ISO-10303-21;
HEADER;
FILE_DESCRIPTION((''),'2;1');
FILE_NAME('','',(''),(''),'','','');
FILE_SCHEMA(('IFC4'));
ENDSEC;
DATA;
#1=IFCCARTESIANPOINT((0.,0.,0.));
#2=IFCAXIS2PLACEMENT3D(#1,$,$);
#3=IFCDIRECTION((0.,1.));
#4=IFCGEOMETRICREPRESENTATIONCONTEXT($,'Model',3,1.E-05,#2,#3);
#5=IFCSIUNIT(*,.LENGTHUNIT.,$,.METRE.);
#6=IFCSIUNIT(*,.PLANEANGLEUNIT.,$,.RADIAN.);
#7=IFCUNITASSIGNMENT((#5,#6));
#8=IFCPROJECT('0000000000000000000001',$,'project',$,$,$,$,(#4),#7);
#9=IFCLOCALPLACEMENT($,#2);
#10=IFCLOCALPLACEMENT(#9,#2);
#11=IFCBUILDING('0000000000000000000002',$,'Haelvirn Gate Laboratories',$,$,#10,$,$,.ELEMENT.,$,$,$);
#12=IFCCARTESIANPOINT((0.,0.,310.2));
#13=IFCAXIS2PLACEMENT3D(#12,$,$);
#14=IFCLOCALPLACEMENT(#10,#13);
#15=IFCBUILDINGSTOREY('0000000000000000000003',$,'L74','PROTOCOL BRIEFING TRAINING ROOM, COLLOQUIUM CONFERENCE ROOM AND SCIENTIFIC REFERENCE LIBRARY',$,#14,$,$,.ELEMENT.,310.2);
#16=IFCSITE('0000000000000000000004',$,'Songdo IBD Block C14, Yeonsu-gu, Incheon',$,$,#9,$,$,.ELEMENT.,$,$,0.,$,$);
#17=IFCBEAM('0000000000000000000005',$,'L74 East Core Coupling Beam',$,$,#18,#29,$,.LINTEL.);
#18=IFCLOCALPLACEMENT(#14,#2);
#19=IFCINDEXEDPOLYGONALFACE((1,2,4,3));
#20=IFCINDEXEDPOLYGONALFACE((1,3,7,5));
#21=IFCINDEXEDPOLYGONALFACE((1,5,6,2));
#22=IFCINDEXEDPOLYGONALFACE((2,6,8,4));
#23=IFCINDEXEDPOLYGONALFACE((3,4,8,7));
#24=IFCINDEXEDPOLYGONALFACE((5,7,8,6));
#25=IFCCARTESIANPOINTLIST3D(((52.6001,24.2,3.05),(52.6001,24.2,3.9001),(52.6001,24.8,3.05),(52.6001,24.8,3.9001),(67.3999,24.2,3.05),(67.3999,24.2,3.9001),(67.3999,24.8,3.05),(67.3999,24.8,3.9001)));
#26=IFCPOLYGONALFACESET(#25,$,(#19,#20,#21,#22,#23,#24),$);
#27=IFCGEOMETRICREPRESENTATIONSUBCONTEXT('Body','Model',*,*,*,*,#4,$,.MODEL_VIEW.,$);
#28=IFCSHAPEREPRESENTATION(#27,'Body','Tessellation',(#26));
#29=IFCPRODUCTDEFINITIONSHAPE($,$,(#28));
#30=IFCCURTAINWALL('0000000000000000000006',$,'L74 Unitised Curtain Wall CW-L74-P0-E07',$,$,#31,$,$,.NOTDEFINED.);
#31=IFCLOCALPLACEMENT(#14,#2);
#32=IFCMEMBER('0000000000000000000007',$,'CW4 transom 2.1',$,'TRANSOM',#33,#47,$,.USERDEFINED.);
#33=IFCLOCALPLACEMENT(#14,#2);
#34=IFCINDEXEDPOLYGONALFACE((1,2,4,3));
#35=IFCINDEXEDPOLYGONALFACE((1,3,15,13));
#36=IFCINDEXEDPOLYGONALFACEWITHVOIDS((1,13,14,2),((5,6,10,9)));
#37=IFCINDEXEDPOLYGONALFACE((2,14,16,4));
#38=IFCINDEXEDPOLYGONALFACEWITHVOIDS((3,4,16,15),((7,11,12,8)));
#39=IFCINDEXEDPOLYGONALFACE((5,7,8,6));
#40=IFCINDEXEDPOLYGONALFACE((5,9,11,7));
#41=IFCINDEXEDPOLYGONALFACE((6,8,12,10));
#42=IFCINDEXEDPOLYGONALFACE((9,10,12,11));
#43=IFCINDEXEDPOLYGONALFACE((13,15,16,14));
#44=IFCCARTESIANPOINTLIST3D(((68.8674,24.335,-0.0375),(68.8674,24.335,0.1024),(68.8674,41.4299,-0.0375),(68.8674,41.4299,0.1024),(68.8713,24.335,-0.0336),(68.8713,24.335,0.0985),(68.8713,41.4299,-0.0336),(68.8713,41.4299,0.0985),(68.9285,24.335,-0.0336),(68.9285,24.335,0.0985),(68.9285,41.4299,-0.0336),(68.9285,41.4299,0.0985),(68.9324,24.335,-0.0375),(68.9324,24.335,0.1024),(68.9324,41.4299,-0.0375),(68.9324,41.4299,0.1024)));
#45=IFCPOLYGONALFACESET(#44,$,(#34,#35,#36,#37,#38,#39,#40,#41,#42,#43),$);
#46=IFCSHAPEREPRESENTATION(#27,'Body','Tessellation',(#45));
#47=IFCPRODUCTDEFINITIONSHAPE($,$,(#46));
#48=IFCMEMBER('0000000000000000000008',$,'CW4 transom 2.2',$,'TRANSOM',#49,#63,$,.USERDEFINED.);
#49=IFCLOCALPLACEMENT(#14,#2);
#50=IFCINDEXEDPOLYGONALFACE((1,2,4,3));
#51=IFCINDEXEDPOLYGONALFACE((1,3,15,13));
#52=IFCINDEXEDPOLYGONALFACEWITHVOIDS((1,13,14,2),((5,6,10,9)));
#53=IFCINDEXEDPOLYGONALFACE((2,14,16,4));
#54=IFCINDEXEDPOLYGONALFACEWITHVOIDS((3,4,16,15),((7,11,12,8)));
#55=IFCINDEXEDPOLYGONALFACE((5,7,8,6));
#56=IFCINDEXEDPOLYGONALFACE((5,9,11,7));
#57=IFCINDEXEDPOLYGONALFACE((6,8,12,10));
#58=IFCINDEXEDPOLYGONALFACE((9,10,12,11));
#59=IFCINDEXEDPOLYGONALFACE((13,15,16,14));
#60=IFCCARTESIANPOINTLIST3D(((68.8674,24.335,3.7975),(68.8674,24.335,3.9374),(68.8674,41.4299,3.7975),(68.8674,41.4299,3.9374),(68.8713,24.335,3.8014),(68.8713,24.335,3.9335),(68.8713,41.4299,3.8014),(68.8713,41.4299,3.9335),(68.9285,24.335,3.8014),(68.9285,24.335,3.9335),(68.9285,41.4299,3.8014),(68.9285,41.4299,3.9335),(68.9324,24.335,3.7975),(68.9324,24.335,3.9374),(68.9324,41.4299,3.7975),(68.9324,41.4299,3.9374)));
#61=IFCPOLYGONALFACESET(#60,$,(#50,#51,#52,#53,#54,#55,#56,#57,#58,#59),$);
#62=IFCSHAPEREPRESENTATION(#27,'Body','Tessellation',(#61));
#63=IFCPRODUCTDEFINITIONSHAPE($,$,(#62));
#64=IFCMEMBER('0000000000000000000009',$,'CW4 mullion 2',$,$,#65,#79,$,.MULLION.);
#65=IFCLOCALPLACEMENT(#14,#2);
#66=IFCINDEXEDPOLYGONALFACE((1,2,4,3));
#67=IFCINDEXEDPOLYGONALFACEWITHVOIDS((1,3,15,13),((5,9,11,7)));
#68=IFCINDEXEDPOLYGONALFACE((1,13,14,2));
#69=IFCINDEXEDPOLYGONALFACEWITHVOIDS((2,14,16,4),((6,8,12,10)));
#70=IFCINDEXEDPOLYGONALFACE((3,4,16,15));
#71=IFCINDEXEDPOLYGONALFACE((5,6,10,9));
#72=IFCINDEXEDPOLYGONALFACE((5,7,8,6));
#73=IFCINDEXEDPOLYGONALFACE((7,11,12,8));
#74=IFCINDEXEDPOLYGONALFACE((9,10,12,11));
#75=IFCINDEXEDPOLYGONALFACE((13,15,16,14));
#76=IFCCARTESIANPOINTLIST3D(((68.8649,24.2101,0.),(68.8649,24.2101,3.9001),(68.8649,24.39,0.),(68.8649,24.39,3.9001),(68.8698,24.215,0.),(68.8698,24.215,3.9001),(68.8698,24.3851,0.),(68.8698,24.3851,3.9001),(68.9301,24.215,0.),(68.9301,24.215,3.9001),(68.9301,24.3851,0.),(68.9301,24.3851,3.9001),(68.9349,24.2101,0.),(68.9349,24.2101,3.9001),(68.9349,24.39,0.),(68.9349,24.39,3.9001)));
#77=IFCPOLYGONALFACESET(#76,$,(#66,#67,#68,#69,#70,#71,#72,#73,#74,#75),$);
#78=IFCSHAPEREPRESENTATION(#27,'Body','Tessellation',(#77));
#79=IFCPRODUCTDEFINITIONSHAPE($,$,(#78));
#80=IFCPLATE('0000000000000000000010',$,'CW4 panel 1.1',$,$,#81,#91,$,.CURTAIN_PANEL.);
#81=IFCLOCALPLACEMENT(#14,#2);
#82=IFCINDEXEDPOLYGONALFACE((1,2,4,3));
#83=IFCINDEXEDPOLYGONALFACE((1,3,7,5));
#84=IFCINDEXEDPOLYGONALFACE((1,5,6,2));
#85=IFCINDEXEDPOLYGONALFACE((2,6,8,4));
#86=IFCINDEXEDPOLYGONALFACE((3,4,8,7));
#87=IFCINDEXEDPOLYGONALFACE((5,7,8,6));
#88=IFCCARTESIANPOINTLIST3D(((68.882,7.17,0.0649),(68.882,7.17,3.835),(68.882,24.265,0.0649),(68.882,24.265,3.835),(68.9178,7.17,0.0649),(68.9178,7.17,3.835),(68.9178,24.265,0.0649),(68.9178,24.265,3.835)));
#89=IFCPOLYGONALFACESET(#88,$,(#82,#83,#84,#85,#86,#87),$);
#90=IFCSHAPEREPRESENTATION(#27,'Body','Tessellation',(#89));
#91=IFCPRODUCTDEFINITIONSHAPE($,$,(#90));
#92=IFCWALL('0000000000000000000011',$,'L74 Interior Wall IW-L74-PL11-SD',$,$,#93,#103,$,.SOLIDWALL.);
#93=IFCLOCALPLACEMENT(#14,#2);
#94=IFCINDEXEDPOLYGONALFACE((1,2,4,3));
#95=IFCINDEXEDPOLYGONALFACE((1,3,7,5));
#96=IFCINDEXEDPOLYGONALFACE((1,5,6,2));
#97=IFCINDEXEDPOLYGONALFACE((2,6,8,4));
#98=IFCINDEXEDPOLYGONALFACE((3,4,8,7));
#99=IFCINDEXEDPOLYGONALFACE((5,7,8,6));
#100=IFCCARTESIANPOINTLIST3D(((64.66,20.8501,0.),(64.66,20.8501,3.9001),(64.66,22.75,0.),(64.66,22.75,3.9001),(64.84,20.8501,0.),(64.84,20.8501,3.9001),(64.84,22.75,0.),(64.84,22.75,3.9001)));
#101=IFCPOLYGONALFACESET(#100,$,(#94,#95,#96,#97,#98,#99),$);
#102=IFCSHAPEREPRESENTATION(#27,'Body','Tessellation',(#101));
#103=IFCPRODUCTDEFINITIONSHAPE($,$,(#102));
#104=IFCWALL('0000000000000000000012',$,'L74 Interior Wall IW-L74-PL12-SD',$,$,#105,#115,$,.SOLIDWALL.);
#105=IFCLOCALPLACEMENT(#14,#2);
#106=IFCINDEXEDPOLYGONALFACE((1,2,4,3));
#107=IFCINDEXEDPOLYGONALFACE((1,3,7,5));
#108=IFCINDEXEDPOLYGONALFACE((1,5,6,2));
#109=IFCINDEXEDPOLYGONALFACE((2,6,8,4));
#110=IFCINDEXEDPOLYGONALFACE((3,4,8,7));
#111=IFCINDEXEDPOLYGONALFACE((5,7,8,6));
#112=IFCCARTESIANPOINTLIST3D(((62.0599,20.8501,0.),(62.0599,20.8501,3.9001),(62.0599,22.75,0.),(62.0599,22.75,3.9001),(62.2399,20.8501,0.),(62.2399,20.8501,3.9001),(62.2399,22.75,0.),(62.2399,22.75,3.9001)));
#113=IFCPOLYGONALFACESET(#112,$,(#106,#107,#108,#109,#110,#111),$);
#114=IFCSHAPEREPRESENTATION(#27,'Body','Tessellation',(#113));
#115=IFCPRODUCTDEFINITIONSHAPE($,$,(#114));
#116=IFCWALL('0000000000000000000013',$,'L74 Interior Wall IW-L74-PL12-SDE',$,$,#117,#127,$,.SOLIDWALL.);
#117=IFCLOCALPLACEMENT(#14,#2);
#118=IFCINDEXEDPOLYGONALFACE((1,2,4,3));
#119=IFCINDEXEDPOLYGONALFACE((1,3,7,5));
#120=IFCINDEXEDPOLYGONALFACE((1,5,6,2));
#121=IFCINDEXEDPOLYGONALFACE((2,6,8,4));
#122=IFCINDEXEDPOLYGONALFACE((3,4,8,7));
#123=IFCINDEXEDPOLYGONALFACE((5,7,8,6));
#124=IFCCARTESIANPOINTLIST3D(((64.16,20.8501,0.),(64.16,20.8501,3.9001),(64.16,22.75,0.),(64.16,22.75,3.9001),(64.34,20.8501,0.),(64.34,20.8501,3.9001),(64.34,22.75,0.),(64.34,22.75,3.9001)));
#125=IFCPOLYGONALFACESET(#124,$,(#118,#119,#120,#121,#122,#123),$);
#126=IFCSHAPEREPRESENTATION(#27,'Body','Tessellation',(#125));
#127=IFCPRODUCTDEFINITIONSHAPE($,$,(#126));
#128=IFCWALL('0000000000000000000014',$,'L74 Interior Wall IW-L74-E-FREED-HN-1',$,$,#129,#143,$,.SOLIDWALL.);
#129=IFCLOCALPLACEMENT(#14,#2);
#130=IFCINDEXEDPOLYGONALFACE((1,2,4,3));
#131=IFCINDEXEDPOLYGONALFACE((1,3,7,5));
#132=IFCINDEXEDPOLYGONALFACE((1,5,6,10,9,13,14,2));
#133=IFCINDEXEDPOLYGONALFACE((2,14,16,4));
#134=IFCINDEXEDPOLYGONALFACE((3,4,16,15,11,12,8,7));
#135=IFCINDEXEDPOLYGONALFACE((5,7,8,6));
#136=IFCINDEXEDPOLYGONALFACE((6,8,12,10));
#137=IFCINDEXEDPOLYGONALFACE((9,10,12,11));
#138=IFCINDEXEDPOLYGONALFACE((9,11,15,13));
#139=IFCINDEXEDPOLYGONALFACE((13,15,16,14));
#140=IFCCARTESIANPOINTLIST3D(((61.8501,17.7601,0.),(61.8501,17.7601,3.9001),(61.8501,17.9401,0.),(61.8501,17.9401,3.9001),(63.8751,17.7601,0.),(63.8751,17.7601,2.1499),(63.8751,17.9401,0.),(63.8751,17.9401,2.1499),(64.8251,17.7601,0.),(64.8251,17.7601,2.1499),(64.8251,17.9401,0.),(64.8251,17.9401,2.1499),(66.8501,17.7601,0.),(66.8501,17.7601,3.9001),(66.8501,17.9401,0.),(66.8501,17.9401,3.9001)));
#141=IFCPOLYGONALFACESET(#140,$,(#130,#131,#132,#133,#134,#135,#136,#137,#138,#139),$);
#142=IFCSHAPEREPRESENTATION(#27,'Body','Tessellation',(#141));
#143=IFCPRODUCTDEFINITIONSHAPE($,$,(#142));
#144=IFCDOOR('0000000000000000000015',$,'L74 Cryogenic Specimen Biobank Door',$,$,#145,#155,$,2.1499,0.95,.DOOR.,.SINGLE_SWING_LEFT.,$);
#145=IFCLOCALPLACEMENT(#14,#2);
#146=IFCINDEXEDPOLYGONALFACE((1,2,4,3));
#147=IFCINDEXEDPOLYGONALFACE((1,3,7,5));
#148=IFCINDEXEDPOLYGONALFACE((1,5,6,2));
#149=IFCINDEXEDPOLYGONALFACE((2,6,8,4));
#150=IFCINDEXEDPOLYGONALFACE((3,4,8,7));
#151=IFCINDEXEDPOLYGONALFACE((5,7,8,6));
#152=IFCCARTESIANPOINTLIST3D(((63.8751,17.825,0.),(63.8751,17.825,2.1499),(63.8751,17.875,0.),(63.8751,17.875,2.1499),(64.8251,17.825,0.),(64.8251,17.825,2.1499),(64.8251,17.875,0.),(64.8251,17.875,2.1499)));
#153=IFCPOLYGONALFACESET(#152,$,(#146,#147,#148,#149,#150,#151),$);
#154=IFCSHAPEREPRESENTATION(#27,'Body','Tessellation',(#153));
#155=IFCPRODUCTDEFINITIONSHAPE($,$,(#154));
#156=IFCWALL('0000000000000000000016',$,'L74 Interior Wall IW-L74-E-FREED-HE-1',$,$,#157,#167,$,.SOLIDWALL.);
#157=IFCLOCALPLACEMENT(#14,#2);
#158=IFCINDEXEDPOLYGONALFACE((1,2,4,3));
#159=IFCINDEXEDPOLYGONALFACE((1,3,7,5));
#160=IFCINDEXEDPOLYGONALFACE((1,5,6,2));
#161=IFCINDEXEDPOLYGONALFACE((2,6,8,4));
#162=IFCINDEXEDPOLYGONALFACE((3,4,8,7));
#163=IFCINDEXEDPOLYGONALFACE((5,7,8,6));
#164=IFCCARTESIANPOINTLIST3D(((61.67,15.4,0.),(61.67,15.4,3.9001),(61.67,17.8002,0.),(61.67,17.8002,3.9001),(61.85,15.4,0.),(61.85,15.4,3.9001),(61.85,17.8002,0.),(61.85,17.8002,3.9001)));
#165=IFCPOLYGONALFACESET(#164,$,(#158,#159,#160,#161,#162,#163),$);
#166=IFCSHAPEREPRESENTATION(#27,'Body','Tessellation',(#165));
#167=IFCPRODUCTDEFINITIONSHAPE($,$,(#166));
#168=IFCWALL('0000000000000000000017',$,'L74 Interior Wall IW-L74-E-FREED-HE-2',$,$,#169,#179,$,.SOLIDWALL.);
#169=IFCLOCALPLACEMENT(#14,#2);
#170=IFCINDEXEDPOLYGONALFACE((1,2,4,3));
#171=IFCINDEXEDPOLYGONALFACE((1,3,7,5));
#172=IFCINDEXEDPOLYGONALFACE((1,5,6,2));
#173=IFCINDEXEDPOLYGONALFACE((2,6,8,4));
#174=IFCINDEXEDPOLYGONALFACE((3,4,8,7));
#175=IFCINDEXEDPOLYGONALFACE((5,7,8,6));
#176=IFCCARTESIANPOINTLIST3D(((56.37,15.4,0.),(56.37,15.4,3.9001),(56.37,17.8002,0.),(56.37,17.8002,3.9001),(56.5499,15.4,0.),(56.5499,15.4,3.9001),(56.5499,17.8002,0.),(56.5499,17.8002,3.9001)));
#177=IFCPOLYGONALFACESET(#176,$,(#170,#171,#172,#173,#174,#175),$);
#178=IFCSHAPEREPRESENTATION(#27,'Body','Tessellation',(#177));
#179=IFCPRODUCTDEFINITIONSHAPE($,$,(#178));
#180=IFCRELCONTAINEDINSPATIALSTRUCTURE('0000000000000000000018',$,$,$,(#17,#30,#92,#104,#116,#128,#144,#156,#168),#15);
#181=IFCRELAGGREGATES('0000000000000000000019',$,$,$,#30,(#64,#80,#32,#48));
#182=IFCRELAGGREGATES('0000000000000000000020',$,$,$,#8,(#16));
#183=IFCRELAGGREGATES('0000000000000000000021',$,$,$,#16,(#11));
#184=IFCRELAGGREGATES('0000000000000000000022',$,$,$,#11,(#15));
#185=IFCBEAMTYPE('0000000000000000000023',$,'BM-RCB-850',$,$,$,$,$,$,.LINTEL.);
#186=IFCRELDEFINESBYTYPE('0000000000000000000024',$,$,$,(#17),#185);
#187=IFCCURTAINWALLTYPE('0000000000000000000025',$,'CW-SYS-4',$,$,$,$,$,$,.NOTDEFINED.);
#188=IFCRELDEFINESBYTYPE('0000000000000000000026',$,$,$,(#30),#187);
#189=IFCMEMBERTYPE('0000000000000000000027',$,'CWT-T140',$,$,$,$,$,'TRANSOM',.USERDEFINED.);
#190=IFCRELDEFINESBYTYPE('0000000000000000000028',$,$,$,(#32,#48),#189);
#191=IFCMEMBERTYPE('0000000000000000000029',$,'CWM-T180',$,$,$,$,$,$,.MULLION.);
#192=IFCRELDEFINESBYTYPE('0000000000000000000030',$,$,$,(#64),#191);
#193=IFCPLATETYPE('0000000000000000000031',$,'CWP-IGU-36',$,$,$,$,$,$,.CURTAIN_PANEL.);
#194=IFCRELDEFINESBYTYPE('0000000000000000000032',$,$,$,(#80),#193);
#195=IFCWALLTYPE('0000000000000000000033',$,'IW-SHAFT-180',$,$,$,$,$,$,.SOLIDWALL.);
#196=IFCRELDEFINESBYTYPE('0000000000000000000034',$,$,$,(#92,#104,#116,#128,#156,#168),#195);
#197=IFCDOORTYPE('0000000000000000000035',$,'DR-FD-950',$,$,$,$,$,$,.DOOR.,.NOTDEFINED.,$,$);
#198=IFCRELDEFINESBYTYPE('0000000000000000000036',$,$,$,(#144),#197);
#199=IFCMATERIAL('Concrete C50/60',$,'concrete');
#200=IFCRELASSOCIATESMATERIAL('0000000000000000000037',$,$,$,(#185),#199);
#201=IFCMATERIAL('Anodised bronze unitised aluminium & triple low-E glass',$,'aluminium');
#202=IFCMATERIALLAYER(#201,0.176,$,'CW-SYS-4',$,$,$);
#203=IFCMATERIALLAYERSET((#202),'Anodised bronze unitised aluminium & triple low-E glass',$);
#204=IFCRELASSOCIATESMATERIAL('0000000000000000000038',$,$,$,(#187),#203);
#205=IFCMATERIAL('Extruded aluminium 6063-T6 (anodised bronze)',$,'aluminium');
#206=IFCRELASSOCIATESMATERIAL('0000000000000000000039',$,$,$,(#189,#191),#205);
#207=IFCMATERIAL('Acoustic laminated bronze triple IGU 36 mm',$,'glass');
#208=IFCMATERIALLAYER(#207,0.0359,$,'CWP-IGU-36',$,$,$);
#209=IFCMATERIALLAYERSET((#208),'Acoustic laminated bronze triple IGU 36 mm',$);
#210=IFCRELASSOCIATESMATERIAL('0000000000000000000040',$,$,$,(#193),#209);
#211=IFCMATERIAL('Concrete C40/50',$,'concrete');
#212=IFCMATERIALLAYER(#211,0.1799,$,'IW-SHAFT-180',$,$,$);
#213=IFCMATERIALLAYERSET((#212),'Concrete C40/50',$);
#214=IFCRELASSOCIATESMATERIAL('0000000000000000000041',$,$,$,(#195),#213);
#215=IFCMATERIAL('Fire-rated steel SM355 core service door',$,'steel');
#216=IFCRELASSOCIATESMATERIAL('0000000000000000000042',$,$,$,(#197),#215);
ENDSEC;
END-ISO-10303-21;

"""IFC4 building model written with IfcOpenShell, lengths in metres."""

from ifc_helpers import new_model, si_unit, direction, frame, frame_2d, origin, origin_2d, place, context, subcontext, project, spatial, rectangle, hollow_rectangle, extrude, source, transform, mapped, material, layer, layer_set, material_profile, profile_set, type_object, type_shapes, element, fill, aggregate, save


model = new_model("IFC4")

# Units and contexts
model_context = context("Model", 3, precision=1e-05, world=origin(), true_north=direction((0.0, 1.0)))
body_context = subcontext(model_context, "Body", "Model", "MODEL_VIEW")
ifc_project = project(units=[si_unit("LENGTHUNIT", "METRE"), si_unit("PLANEANGLEUNIT", "RADIAN")], contexts=[model_context])

# Site, building, storey
site_placement = place(None, origin())
site = spatial("IfcSite", under=ifc_project, at=site_placement, Name="Songdo IBD Block C14, Yeonsu-gu, Incheon", CompositionType="ELEMENT", RefElevation=0.0)
building_placement = place(site_placement, origin())
building = spatial("IfcBuilding", under=site, at=building_placement, Name="Haelvirn Gate Laboratories", CompositionType="ELEMENT")
storey_placement = place(building_placement, frame((0.0, 0.0, 310.2)))
storey = spatial("IfcBuildingStorey", under=building, at=storey_placement, Name="L74", Description="PROTOCOL BRIEFING TRAINING ROOM, COLLOQUIUM CONFERENCE ROOM AND SCIENTIFIC REFERENCE LIBRARY", CompositionType="ELEMENT", Elevation=310.2)

# Beam
ifc_material_1 = material(Name="Concrete C50/60", Category="concrete")
ifc_material_profile_1 = material_profile(ifc_material_1, rectangle(XDim=0.6001, YDim=0.8501, at=origin_2d()), Name="RCB-600x850")
ifc_profile_set_1 = profile_set([ifc_material_profile_1], Name="Concrete C50/60")
beam_type = type_object("IfcBeamType", Name="BM-RCB-850", PredefinedType="LINTEL", material=ifc_profile_set_1)
shared_shape_1 = source(origin(), body_context, "Body", "SweptSolid", [
    extrude(rectangle(XDim=0.6001, YDim=0.8501, at=origin_2d()), origin(), (0.0, 0.0, 1.0), 14.7998),
])
type_shapes(beam_type, [shared_shape_1])
beam_placement = place(storey_placement, frame((52.6001, 24.5, 3.4751), z_axis=(1.0, 0.0, 0.0), x_axis=(0.0, 1.0, 0.0)))
element("IfcBeam", 1, at=beam_placement, inside=storey, type_object=beam_type, Name="L74 East Core Coupling Beam", PredefinedType="LINTEL", context=body_context, shape_type="MappedRepresentation", body=[
    mapped(shared_shape_1, transform((0.0, 0.0, 0.0), scale=1.0)),
])

# Curtain wall, members, plate
ifc_material_2 = material(Name="Anodised bronze unitised aluminium & triple low-E glass", Category="aluminium")
ifc_layer_1 = layer(ifc_material_2, 0.176, Name="CW-SYS-4")
ifc_layer_set_1 = layer_set([ifc_layer_1], Name="Anodised bronze unitised aluminium & triple low-E glass")
curtain_wall_type = type_object("IfcCurtainWallType", Name="CW-SYS-4", PredefinedType="NOTDEFINED", material=ifc_layer_set_1)
curtain_wall_placement = place(storey_placement, origin())
curtain_wall = element("IfcCurtainWall", 2, at=curtain_wall_placement, inside=storey, type_object=curtain_wall_type, Name="L74 Unitised Curtain Wall CW-L74-P0-E07", PredefinedType="NOTDEFINED")
ifc_material_3 = material(Name="Extruded aluminium 6063-T6 (anodised bronze)", Category="aluminium")
ifc_material_profile_2 = material_profile(ifc_material_3, hollow_rectangle(XDim=0.0649, YDim=0.1399, WallThickness=0.0039, at=origin_2d()), Name="CWT-140x65x4")
ifc_profile_set_2 = profile_set([ifc_material_profile_2], Name="Extruded aluminium 6063-T6 (anodised bronze)")
member_type_1 = type_object("IfcMemberType", Name="CWT-T140", ElementType="TRANSOM", PredefinedType="USERDEFINED", material=ifc_profile_set_2)
shared_shape_2 = source(origin(), body_context, "Body", "SweptSolid", [
    extrude(hollow_rectangle(XDim=0.0649, YDim=0.1399, WallThickness=0.0039, at=origin_2d()), origin(), (0.0, 0.0, 1.0), 17.095),
])
type_shapes(member_type_1, [shared_shape_2])
member_1_placement = place(storey_placement, frame((68.8999, 24.335, 0.0325), z_axis=(0.0, 1.0, 0.0), x_axis=(-1.0, 0.0, 0.0)))
member_1 = element("IfcMember", 3, at=member_1_placement, type_object=member_type_1, Name="CW4 transom 2.1", ObjectType="TRANSOM", PredefinedType="USERDEFINED", context=body_context, shape_type="MappedRepresentation", body=[
    mapped(shared_shape_2, transform((0.0, 0.0, 0.0), scale=1.0)),
])
member_2_placement = place(storey_placement, frame((68.8999, 24.335, 3.8674), z_axis=(0.0, 1.0, 0.0), x_axis=(-1.0, 0.0, 0.0)))
member_2 = element("IfcMember", 4, at=member_2_placement, type_object=member_type_1, Name="CW4 transom 2.2", ObjectType="TRANSOM", PredefinedType="USERDEFINED", context=body_context, shape_type="MappedRepresentation", body=[
    mapped(shared_shape_2, transform((0.0, 0.0, 0.0), scale=1.0)),
])
ifc_material_profile_3 = material_profile(ifc_material_3, hollow_rectangle(XDim=0.0701, YDim=0.1799, WallThickness=0.0049, at=origin_2d()), Name="CWM-180x70x5")
ifc_profile_set_3 = profile_set([ifc_material_profile_3], Name="Extruded aluminium 6063-T6 (anodised bronze)")
member_type_2 = type_object("IfcMemberType", Name="CWM-T180", PredefinedType="MULLION", material=ifc_profile_set_3)
shared_shape_3 = source(origin(), body_context, "Body", "SweptSolid", [
    extrude(hollow_rectangle(XDim=0.0701, YDim=0.1799, WallThickness=0.0049, at=origin_2d()), origin(), (0.0, 0.0, 1.0), 3.9001),
])
type_shapes(member_type_2, [shared_shape_3])
member_3_placement = place(storey_placement, frame((68.8999, 24.3, 0.0), z_axis=(0.0, 0.0, 1.0), x_axis=(-1.0, 0.0, 0.0)))
member_3 = element("IfcMember", 5, at=member_3_placement, type_object=member_type_2, Name="CW4 mullion 2", PredefinedType="MULLION", context=body_context, shape_type="MappedRepresentation", body=[
    mapped(shared_shape_3, transform((0.0, 0.0, 0.0), scale=1.0)),
])
ifc_material_4 = material(Name="Acoustic laminated bronze triple IGU 36 mm", Category="glass")
ifc_layer_2 = layer(ifc_material_4, 0.0359, Name="CWP-IGU-36")
ifc_layer_set_2 = layer_set([ifc_layer_2], Name="Acoustic laminated bronze triple IGU 36 mm")
plate_type = type_object("IfcPlateType", Name="CWP-IGU-36", PredefinedType="CURTAIN_PANEL", material=ifc_layer_set_2)
shared_shape_4 = source(origin(), body_context, "Body", "SweptSolid", [
    extrude(rectangle(XDim=17.095, YDim=0.0359, at=origin_2d()), origin(), (0.0, 0.0, 1.0), 3.77),
])
type_shapes(plate_type, [shared_shape_4])
plate_placement = place(storey_placement, frame((68.8999, 15.7175, 0.0649), z_axis=(0.0, 0.0, 1.0), x_axis=(0.0, 1.0, 0.0)))
plate = element("IfcPlate", 6, at=plate_placement, type_object=plate_type, Name="CW4 panel 1.1", PredefinedType="CURTAIN_PANEL", context=body_context, shape_type="MappedRepresentation", body=[
    mapped(shared_shape_4, transform((0.0, 0.0, 0.0), scale=1.0)),
])
aggregate(curtain_wall, [member_3, plate, member_1, member_2])

# Walls
ifc_material_5 = material(Name="Concrete C40/50", Category="concrete")
ifc_layer_3 = layer(ifc_material_5, 0.1799, Name="IW-SHAFT-180")
ifc_layer_set_3 = layer_set([ifc_layer_3], Name="Concrete C40/50")
wall_type_1 = type_object("IfcWallType", Name="IW-SHAFT-180", PredefinedType="SOLIDWALL", material=ifc_layer_set_3)
for number, where, z_axis, x_axis, name in (
    (7, (64.75, 20.8501, 0.0), (0.0, 0.0, 1.0), (0.0, 1.0, 0.0), "L74 Interior Wall IW-L74-PL11-SD"),
    (8, (62.1499, 20.8501, 0.0), (0.0, 0.0, 1.0), (0.0, 1.0, 0.0), "L74 Interior Wall IW-L74-PL12-SD"),
    (9, (64.25, 20.8501, 0.0), (0.0, 0.0, 1.0), (0.0, 1.0, 0.0), "L74 Interior Wall IW-L74-PL12-SDE"),
):
    element("IfcWall", number, at=place(storey_placement, frame(where, z_axis=z_axis, x_axis=x_axis)), inside=storey, type_object=wall_type_1, Name=name, PredefinedType="SOLIDWALL", context=body_context, shape_type="SweptSolid", body=[
        extrude(rectangle(XDim=1.8999, YDim=0.1799, at=frame_2d((0.95, 0.0))), origin(), (0.0, 0.0, 1.0), 3.9001),
    ])

# Wall, opening, door
wall_1_placement = place(storey_placement, frame((61.8501, 17.8501, 0.0), z_axis=(0.0, 0.0, 1.0), x_axis=(1.0, 0.0, 0.0)))
wall_1 = element("IfcWall", 10, at=wall_1_placement, inside=storey, type_object=wall_type_1, Name="L74 Interior Wall IW-L74-E-FREED-HN-1", PredefinedType="SOLIDWALL", context=body_context, shape_type="SweptSolid", body=[
    extrude(rectangle(XDim=5.0, YDim=0.1799, at=frame_2d((2.5, 0.0))), origin(), (0.0, 0.0, 1.0), 3.9001),
])
opening_1_placement = place(wall_1_placement, frame((2.0249, 0.0, 0.0)))
opening_1 = element("IfcOpeningElement", 11, at=opening_1_placement, cuts=wall_1, PredefinedType="OPENING", context=body_context, shape_type="SweptSolid", body=[
    extrude(rectangle(XDim=0.95, YDim=2.1499, at=frame_2d((0.4751, 1.075))), frame((0.0, 0.1001, 0.0), z_axis=(0.0, -1.0, 0.0), x_axis=(1.0, 0.0, 0.0)), (0.0, 0.0, 1.0), 0.2),
])
ifc_material_6 = material(Name="Fire-rated steel SM355 core service door", Category="steel")
door_type_1 = type_object("IfcDoorType", Name="DR-FD-950", OperationType="NOTDEFINED", PredefinedType="DOOR", material=ifc_material_6)
shared_shape_5 = source(origin(), body_context, "Body", "SweptSolid", [
    extrude(rectangle(XDim=0.95, YDim=2.1499, at=frame_2d((0.4751, 1.075))), frame((0.0, 0.0249, 0.0), z_axis=(0.0, -1.0, 0.0), x_axis=(1.0, 0.0, 0.0)), (0.0, 0.0, 1.0), 0.05),
])
type_shapes(door_type_1, [shared_shape_5])
door_1_placement = place(opening_1_placement, origin())
door_1 = element("IfcDoor", 12, at=door_1_placement, inside=storey, type_object=door_type_1, Name="L74 Cryogenic Specimen Biobank Door", OperationType="SINGLE_SWING_LEFT", OverallHeight=2.1499, OverallWidth=0.95, PredefinedType="DOOR", context=body_context, shape_type="MappedRepresentation", body=[
    mapped(shared_shape_5, transform((0.0, 0.0, 0.0), scale=1.0)),
])
fill(opening_1, door_1)

# Wall
wall_2_placement = place(storey_placement, frame((61.76, 15.3999, 0.0), z_axis=(0.0, 0.0, 1.0), x_axis=(0.0, 1.0, 0.0)))
element("IfcWall", 13, at=wall_2_placement, inside=storey, type_object=wall_type_1, Name="L74 Interior Wall IW-L74-E-FREED-HE-1", PredefinedType="SOLIDWALL", context=body_context, shape_type="SweptSolid", body=[
    extrude(rectangle(XDim=2.4001, YDim=0.1799, at=frame_2d((1.2002, 0.0))), origin(), (0.0, 0.0, 1.0), 3.9001),
])

# Wall
wall_3_placement = place(storey_placement, frame((56.46, 15.3999, 0.0), z_axis=(0.0, 0.0, 1.0), x_axis=(0.0, 1.0, 0.0)))
element("IfcWall", 14, at=wall_3_placement, inside=storey, type_object=wall_type_1, Name="L74 Interior Wall IW-L74-E-FREED-HE-2", PredefinedType="SOLIDWALL", context=body_context, shape_type="SweptSolid", body=[
    extrude(rectangle(XDim=2.4001, YDim=0.1799, at=frame_2d((1.2002, 0.0))), origin(), (0.0, 0.0, 1.0), 3.9001),
])

save(model, "model.ifc")
